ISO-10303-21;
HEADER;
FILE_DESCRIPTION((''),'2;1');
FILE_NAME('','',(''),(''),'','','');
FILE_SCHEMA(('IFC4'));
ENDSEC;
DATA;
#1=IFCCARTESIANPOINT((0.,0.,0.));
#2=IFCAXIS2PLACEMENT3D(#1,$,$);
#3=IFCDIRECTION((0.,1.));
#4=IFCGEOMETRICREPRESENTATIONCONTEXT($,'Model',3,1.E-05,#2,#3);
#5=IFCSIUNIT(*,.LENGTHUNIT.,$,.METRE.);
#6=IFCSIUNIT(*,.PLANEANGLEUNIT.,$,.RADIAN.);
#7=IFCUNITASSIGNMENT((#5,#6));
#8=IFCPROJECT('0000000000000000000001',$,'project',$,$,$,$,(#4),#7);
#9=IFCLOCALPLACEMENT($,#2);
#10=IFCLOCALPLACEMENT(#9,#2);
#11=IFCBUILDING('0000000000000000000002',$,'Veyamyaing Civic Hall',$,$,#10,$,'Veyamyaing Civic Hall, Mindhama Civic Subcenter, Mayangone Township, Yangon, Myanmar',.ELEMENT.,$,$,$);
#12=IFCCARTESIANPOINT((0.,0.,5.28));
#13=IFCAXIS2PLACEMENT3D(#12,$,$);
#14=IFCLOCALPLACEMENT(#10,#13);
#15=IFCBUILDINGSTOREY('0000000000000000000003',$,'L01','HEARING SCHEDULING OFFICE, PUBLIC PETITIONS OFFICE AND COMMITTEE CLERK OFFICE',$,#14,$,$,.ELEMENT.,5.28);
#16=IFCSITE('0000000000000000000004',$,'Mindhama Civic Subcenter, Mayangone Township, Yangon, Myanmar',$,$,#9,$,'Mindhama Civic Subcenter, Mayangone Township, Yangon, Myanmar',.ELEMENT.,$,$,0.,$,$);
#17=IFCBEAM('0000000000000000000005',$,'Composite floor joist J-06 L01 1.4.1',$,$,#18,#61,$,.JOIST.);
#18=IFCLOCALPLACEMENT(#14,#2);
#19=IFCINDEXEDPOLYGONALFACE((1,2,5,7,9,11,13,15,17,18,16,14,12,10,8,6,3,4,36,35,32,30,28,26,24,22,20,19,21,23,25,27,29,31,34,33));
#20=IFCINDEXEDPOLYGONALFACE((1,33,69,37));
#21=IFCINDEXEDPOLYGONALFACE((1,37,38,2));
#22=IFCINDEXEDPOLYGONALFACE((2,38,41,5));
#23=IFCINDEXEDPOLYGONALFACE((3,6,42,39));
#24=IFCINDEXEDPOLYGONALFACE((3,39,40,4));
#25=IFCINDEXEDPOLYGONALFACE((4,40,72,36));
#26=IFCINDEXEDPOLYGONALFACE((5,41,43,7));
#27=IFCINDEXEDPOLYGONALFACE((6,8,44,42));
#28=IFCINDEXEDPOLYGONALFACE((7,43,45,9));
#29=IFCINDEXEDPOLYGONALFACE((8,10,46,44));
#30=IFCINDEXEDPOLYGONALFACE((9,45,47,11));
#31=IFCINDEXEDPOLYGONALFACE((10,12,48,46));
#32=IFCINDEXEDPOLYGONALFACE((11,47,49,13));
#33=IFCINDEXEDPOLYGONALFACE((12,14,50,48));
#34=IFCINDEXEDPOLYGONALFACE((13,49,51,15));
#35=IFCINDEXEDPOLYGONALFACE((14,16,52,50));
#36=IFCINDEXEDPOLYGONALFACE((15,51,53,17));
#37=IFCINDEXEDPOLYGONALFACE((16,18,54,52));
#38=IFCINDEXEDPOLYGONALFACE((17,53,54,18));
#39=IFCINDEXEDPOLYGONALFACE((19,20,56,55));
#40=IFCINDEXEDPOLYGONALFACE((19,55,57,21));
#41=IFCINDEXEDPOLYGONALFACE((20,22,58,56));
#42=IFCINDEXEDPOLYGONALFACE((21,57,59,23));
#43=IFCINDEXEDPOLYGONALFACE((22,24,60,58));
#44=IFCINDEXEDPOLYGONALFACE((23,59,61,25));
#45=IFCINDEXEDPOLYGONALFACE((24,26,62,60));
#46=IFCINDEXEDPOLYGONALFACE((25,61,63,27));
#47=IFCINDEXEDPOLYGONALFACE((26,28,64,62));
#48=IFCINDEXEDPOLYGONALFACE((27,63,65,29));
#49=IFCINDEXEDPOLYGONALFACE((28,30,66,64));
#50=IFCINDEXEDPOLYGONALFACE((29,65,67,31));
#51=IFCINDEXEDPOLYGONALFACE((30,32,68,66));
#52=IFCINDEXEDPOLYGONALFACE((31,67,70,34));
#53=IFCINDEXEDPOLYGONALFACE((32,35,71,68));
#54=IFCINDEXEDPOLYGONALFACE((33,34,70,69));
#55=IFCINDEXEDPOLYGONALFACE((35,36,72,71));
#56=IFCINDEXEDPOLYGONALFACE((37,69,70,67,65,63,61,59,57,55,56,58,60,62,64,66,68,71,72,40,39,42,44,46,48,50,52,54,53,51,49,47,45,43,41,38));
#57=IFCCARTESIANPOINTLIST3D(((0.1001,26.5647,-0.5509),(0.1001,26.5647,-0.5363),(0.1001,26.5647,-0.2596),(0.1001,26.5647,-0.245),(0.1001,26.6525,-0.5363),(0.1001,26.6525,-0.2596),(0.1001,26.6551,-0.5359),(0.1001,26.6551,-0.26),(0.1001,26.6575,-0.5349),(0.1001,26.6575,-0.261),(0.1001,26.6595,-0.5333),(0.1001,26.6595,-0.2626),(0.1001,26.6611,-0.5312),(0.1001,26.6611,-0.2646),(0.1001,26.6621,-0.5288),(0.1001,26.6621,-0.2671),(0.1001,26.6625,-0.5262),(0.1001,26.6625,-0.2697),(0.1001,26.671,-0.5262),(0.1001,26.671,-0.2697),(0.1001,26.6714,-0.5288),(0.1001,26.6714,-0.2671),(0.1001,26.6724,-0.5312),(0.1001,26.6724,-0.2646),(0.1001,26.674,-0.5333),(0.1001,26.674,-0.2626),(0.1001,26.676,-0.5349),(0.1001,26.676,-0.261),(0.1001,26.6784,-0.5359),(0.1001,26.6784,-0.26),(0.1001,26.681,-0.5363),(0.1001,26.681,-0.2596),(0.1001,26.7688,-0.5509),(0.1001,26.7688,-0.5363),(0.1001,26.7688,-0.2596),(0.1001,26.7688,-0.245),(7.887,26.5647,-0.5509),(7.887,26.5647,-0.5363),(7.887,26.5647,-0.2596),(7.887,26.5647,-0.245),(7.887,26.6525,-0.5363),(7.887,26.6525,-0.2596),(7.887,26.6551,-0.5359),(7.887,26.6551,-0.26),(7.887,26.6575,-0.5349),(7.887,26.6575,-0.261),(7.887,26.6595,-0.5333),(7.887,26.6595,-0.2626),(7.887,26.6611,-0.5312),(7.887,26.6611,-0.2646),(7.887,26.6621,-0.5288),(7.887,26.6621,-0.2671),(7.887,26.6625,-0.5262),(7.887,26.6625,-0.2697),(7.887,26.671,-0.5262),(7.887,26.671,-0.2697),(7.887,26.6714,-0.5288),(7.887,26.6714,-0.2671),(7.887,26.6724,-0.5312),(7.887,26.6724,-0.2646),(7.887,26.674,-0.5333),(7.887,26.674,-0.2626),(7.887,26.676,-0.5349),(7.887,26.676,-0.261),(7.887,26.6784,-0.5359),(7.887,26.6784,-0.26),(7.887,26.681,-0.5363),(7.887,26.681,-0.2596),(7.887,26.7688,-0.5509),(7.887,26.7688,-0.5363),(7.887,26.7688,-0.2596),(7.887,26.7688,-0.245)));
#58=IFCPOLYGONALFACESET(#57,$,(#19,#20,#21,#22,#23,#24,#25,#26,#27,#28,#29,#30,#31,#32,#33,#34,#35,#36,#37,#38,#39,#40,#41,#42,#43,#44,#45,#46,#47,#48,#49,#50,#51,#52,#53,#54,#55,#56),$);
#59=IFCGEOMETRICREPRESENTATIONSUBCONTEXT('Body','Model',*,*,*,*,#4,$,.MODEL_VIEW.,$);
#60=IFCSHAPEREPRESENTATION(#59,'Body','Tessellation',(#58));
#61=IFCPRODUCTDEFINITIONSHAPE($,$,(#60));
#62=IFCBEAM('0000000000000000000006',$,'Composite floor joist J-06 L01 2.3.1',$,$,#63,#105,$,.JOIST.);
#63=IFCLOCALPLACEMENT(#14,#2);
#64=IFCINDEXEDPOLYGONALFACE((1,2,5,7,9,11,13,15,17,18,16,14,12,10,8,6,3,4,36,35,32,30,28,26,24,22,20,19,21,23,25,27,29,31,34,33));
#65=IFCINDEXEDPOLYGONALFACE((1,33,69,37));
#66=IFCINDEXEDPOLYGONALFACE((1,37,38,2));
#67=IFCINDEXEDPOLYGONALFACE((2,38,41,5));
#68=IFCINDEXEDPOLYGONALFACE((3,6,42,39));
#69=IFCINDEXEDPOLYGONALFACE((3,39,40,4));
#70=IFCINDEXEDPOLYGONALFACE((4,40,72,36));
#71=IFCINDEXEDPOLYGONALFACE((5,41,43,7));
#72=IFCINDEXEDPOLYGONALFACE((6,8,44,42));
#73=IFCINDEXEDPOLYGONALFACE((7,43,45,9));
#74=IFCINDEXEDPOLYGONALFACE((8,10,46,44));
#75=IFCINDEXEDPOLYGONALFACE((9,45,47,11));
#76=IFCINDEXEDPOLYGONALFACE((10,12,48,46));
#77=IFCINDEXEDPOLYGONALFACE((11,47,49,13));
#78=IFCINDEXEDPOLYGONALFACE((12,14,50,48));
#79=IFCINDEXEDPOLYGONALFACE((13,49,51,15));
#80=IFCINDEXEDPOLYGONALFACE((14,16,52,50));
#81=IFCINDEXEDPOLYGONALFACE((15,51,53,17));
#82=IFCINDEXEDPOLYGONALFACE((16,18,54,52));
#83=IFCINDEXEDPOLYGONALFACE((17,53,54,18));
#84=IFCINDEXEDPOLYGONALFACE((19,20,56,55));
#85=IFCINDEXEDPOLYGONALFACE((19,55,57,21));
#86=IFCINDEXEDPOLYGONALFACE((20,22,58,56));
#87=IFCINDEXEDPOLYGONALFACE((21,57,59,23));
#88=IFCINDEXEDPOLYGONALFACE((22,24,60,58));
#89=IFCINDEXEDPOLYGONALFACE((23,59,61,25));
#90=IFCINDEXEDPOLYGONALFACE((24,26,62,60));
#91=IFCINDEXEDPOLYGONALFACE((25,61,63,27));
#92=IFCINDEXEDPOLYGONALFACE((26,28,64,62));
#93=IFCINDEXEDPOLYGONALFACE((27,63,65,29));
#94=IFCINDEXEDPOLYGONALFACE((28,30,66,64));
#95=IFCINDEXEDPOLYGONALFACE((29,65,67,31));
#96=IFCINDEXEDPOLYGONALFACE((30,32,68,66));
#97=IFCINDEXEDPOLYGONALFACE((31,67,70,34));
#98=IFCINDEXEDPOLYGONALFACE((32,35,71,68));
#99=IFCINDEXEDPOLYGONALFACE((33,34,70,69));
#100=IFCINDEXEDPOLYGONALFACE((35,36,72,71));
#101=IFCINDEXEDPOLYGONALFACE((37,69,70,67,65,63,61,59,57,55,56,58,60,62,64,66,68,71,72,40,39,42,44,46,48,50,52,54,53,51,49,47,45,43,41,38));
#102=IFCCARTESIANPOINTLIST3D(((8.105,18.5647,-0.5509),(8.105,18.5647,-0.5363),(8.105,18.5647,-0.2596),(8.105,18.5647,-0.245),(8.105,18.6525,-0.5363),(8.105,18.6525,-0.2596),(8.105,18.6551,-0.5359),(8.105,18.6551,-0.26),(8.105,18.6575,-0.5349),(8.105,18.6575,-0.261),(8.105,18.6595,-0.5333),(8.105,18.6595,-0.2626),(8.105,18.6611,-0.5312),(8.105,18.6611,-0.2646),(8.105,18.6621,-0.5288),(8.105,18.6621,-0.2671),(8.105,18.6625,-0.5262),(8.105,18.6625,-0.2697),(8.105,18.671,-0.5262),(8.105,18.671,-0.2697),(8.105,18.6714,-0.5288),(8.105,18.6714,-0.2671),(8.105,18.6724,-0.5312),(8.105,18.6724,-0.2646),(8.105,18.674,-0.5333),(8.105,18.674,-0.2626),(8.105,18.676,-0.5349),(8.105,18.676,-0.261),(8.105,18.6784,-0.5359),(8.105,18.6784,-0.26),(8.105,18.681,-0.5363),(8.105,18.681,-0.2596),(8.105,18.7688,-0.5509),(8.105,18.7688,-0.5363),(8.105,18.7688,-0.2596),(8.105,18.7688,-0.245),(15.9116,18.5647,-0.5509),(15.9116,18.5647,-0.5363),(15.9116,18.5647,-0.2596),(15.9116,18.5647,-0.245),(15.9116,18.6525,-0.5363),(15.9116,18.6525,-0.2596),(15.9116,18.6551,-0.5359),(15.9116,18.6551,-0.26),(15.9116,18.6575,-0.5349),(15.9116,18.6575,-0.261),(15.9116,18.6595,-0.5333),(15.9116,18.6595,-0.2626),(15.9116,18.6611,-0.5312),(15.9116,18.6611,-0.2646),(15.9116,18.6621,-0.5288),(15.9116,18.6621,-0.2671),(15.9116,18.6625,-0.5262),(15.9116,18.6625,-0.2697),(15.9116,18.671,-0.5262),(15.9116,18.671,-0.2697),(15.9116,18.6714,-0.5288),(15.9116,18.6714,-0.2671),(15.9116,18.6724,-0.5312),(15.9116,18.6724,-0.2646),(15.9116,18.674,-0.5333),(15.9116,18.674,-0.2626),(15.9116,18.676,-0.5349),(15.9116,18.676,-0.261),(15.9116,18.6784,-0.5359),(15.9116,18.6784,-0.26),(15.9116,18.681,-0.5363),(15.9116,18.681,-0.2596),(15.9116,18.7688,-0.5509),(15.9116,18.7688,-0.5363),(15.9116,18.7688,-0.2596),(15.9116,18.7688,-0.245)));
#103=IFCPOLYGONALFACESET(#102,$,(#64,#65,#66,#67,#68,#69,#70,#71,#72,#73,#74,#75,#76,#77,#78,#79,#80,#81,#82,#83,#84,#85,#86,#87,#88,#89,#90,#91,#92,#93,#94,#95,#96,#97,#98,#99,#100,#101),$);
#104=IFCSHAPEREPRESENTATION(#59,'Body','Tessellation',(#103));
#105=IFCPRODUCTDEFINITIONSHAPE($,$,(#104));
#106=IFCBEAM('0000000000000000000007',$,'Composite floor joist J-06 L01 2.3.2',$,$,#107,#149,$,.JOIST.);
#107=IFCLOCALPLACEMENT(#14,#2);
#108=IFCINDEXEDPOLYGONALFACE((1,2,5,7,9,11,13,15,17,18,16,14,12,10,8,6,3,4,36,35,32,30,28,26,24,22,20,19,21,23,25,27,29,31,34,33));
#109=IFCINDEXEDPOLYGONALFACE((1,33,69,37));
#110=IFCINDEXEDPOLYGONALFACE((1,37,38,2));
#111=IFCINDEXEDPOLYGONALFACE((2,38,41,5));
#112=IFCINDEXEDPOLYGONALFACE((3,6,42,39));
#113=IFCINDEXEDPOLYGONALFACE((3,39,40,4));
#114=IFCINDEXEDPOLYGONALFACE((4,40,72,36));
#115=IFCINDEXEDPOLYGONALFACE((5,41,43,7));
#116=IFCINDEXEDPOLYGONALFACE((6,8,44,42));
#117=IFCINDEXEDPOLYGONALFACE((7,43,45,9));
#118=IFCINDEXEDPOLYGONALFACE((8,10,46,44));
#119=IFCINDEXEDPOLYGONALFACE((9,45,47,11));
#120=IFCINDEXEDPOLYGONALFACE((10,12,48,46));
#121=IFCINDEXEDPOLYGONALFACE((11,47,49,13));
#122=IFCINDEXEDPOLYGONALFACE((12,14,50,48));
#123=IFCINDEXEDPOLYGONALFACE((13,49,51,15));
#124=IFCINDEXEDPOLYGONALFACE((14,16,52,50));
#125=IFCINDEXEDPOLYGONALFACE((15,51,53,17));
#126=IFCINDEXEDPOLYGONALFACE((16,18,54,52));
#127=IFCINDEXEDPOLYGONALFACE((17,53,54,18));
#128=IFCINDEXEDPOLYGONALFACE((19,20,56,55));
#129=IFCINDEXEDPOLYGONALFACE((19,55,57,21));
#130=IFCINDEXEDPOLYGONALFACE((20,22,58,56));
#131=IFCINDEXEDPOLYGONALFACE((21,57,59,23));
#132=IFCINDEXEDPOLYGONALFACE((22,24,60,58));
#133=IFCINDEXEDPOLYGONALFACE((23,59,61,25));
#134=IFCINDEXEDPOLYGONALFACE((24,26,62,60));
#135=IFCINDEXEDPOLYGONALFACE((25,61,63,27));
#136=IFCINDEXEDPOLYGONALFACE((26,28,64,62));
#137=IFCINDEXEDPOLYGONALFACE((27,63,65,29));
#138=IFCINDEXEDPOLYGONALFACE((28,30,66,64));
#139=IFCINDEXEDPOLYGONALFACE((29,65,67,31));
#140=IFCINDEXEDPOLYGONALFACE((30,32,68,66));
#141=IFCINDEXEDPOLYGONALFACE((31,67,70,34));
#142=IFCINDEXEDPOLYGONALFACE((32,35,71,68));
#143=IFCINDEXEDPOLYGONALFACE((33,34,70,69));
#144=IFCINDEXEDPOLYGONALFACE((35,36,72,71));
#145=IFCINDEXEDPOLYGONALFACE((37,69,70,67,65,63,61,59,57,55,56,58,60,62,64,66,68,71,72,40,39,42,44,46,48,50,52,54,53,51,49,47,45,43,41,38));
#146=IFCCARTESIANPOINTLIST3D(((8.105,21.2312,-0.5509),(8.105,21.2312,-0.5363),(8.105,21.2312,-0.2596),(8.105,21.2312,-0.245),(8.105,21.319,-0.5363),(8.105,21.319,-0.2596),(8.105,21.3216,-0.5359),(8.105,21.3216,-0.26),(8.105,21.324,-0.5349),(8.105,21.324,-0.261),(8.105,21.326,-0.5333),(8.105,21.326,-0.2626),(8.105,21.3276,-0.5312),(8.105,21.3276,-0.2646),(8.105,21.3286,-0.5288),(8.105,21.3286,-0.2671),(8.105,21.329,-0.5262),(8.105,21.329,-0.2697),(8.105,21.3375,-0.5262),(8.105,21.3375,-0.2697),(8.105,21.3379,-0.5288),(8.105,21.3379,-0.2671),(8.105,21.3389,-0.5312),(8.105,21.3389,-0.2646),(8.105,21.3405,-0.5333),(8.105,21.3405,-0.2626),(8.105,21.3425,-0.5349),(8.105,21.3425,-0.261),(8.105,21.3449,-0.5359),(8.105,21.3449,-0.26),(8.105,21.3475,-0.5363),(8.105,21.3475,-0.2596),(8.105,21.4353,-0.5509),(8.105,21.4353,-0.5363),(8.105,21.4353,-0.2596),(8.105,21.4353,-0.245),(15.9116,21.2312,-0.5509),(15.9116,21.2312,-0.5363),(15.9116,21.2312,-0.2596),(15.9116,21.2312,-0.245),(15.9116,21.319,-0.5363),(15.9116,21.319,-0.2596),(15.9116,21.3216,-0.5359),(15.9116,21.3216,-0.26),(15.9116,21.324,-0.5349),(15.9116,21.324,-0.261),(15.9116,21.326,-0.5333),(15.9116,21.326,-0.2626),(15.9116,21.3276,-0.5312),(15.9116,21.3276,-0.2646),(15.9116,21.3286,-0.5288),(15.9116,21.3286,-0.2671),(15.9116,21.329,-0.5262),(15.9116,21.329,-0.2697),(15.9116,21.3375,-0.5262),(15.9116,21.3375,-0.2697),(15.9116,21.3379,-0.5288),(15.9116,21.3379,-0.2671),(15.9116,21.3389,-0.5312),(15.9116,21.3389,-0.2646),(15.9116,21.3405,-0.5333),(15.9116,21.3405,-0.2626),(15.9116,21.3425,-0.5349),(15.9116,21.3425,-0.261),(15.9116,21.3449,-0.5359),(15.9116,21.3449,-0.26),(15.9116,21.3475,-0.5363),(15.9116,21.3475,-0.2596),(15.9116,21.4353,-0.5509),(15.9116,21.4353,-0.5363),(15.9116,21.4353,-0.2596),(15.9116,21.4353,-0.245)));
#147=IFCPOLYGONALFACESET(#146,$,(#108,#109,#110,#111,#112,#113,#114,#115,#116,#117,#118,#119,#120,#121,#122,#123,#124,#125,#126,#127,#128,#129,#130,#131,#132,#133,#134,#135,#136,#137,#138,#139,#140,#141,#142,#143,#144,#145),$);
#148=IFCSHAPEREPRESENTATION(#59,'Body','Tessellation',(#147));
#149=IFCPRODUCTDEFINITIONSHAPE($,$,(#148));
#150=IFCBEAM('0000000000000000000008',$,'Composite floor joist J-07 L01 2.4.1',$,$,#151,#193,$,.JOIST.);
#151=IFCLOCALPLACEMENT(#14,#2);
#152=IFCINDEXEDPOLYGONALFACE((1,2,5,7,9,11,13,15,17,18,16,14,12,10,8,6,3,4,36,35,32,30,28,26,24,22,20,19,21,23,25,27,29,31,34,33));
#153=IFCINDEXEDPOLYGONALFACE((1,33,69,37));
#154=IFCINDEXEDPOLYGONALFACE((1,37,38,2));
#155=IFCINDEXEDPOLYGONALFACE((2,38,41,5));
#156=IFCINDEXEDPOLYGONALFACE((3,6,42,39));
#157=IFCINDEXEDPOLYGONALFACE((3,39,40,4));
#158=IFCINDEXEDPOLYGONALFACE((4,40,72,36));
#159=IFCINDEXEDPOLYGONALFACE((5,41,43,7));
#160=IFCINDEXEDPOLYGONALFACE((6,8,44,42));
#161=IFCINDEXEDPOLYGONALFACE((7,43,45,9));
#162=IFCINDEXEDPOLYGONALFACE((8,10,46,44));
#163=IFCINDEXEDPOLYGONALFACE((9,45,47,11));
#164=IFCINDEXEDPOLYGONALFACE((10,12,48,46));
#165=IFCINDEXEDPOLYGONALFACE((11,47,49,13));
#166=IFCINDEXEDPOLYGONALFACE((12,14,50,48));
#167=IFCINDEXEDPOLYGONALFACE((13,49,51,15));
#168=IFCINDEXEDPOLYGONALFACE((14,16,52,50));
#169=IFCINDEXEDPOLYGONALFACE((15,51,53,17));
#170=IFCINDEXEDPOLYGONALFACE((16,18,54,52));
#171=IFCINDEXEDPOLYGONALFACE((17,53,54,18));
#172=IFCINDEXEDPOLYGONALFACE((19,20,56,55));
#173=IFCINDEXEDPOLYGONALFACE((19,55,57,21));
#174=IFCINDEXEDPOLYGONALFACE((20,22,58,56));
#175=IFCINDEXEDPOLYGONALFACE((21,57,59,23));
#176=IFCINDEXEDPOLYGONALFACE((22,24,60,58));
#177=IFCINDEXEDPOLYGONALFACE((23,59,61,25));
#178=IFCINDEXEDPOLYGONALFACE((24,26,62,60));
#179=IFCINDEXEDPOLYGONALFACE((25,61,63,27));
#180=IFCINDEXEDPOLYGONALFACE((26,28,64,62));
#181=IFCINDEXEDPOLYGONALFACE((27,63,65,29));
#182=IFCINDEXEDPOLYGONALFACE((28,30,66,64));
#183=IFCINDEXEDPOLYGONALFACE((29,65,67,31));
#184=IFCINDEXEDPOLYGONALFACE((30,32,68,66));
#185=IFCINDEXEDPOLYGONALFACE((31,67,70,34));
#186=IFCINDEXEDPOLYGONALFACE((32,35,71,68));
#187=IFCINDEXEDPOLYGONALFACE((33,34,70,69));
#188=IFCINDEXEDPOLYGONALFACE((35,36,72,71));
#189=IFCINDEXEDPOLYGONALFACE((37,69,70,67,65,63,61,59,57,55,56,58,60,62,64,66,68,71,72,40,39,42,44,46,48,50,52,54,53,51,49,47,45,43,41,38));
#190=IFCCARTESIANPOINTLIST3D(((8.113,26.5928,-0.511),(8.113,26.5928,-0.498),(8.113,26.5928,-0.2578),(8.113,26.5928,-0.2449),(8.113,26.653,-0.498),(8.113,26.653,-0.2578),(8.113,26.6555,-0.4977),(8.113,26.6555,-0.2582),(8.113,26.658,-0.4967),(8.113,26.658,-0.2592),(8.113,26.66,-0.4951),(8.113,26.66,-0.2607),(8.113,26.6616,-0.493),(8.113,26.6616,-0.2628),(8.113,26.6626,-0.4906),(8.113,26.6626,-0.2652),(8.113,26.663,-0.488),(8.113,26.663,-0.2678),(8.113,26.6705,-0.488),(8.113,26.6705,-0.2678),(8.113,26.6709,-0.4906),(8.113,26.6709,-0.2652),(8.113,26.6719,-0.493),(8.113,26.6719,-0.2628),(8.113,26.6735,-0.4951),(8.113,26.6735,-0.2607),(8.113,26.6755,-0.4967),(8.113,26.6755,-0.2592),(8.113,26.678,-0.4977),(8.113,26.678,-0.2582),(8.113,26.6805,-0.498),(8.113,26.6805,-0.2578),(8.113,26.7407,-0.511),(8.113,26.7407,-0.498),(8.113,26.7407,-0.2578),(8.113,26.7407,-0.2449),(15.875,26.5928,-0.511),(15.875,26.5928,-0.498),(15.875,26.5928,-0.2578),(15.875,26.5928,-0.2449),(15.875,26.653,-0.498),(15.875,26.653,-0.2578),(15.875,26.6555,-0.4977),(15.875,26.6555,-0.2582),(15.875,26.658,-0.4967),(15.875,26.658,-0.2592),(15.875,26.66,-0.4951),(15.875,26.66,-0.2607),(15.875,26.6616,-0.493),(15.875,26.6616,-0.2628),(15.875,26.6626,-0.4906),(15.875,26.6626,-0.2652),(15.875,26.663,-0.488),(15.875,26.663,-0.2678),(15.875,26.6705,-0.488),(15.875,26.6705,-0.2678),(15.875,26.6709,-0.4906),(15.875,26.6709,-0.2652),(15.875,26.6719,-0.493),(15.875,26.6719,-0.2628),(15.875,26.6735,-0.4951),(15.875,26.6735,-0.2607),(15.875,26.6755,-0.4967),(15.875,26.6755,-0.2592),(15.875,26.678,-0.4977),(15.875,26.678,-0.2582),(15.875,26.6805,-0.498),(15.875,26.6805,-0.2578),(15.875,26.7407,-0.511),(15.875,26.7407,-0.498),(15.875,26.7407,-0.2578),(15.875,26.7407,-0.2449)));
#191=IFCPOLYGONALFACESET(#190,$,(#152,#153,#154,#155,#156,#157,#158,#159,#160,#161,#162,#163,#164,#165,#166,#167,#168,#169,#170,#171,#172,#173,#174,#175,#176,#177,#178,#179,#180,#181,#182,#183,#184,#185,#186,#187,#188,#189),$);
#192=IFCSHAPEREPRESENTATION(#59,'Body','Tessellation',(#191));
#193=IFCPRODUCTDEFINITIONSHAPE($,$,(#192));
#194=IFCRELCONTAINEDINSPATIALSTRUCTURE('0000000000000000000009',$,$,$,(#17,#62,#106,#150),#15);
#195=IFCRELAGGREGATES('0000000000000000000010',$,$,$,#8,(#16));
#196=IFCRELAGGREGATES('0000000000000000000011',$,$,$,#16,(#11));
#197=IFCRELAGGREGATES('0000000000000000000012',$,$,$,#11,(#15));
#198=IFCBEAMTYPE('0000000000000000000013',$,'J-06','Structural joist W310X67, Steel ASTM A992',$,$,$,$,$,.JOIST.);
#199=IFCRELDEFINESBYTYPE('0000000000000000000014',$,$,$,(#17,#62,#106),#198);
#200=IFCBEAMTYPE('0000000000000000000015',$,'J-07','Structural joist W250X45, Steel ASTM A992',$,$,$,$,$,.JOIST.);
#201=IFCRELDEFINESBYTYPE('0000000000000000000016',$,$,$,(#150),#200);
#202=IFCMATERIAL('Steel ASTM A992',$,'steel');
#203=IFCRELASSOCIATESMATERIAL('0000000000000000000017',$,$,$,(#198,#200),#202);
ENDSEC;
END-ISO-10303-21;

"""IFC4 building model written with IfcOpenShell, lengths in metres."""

from ifc_helpers import new_model, si_unit, direction, frame, origin, origin_2d, place, context, subcontext, project, spatial, i_section, extrude, material, material_profile, profile_set, type_object, element, save


model = new_model("IFC4")

# Units and contexts
model_context = context("Model", 3, precision=1e-05, world=origin(), true_north=direction((0.0, 1.0)))
body_context = subcontext(model_context, "Body", "Model", "MODEL_VIEW")
ifc_project = project(units=[si_unit("LENGTHUNIT", "METRE"), si_unit("PLANEANGLEUNIT", "RADIAN")], contexts=[model_context])

# Site, building, storey
site_placement = place(None, origin())
site = spatial("IfcSite", under=ifc_project, at=site_placement, Name="Mindhama Civic Subcenter, Mayangone Township, Yangon, Myanmar", LongName="Mindhama Civic Subcenter, Mayangone Township, Yangon, Myanmar", CompositionType="ELEMENT", RefElevation=0.0)
building_placement = place(site_placement, origin())
building = spatial("IfcBuilding", under=site, at=building_placement, Name="Veyamyaing Civic Hall", LongName="Veyamyaing Civic Hall, Mindhama Civic Subcenter, Mayangone Township, Yangon, Myanmar", CompositionType="ELEMENT")
storey_placement = place(building_placement, frame((0.0, 0.0, 5.28)))
storey = spatial("IfcBuildingStorey", under=building, at=storey_placement, Name="L01", Description="HEARING SCHEDULING OFFICE, PUBLIC PETITIONS OFFICE AND COMMITTEE CLERK OFFICE", CompositionType="ELEMENT", Elevation=5.28)

# Beams
ifc_material_1 = material(Name="Steel ASTM A992", Category="steel")
ifc_material_profile_1 = material_profile(ifc_material_1, i_section(OverallWidth=0.2041, OverallDepth=0.3059, WebThickness=0.0085, FlangeThickness=0.0146, FilletRadius=0.01, at=origin_2d()), Name="W310X67")
ifc_profile_set_1 = profile_set([ifc_material_profile_1], Name="Steel ASTM A992")
beam_type_1 = type_object("IfcBeamType", Name="J-06", Description="Structural joist W310X67, Steel ASTM A992", PredefinedType="JOIST", material=ifc_profile_set_1)
beam_1_placement = place(storey_placement, frame((0.1001, 26.6667, -0.3979), z_axis=(1.0, 0.0, 0.0), x_axis=(0.0, 1.0, 0.0)))
element("IfcBeam", 1, at=beam_1_placement, inside=storey, type_object=beam_type_1, Name="Composite floor joist J-06 L01 1.4.1", PredefinedType="JOIST", context=body_context, shape_type="SweptSolid", body=[
    extrude(i_section(OverallWidth=0.2041, OverallDepth=0.3059, WebThickness=0.0085, FlangeThickness=0.0146, FilletRadius=0.01, at=origin_2d()), origin(), (0.0, 0.0, 1.0), 7.7869),
])
for number, where, z_axis, x_axis, name in (
    (2, (8.105, 18.6667, -0.3979), (1.0, 0.0, 0.0), (0.0, 1.0, 0.0), "Composite floor joist J-06 L01 2.3.1"),
    (3, (8.105, 21.3333, -0.3979), (1.0, 0.0, 0.0), (0.0, 1.0, 0.0), "Composite floor joist J-06 L01 2.3.2"),
):
    element("IfcBeam", number, at=place(storey_placement, frame(where, z_axis=z_axis, x_axis=x_axis)), inside=storey, type_object=beam_type_1, Name=name, PredefinedType="JOIST", context=body_context, shape_type="SweptSolid", body=[
        extrude(i_section(OverallWidth=0.2041, OverallDepth=0.3059, WebThickness=0.0085, FlangeThickness=0.0146, FilletRadius=0.01, at=origin_2d()), origin(), (0.0, 0.0, 1.0), 7.8066),
    ])
ifc_material_profile_2 = material_profile(ifc_material_1, i_section(OverallWidth=0.1479, OverallDepth=0.2661, WebThickness=0.0076, FlangeThickness=0.0129, FilletRadius=0.01, at=origin_2d()), Name="W250X45")
ifc_profile_set_2 = profile_set([ifc_material_profile_2], Name="Steel ASTM A992")
beam_type_2 = type_object("IfcBeamType", Name="J-07", Description="Structural joist W250X45, Steel ASTM A992", PredefinedType="JOIST", material=ifc_profile_set_2)
beam_2_placement = place(storey_placement, frame((8.113, 26.6667, -0.3779), z_axis=(1.0, 0.0, 0.0), x_axis=(0.0, 1.0, 0.0)))
element("IfcBeam", 4, at=beam_2_placement, inside=storey, type_object=beam_type_2, Name="Composite floor joist J-07 L01 2.4.1", PredefinedType="JOIST", context=body_context, shape_type="SweptSolid", body=[
    extrude(i_section(OverallWidth=0.1479, OverallDepth=0.2661, WebThickness=0.0076, FlangeThickness=0.0129, FilletRadius=0.01, at=origin_2d()), origin(), (0.0, 0.0, 1.0), 7.762),
])

save(model, "model.ifc")
